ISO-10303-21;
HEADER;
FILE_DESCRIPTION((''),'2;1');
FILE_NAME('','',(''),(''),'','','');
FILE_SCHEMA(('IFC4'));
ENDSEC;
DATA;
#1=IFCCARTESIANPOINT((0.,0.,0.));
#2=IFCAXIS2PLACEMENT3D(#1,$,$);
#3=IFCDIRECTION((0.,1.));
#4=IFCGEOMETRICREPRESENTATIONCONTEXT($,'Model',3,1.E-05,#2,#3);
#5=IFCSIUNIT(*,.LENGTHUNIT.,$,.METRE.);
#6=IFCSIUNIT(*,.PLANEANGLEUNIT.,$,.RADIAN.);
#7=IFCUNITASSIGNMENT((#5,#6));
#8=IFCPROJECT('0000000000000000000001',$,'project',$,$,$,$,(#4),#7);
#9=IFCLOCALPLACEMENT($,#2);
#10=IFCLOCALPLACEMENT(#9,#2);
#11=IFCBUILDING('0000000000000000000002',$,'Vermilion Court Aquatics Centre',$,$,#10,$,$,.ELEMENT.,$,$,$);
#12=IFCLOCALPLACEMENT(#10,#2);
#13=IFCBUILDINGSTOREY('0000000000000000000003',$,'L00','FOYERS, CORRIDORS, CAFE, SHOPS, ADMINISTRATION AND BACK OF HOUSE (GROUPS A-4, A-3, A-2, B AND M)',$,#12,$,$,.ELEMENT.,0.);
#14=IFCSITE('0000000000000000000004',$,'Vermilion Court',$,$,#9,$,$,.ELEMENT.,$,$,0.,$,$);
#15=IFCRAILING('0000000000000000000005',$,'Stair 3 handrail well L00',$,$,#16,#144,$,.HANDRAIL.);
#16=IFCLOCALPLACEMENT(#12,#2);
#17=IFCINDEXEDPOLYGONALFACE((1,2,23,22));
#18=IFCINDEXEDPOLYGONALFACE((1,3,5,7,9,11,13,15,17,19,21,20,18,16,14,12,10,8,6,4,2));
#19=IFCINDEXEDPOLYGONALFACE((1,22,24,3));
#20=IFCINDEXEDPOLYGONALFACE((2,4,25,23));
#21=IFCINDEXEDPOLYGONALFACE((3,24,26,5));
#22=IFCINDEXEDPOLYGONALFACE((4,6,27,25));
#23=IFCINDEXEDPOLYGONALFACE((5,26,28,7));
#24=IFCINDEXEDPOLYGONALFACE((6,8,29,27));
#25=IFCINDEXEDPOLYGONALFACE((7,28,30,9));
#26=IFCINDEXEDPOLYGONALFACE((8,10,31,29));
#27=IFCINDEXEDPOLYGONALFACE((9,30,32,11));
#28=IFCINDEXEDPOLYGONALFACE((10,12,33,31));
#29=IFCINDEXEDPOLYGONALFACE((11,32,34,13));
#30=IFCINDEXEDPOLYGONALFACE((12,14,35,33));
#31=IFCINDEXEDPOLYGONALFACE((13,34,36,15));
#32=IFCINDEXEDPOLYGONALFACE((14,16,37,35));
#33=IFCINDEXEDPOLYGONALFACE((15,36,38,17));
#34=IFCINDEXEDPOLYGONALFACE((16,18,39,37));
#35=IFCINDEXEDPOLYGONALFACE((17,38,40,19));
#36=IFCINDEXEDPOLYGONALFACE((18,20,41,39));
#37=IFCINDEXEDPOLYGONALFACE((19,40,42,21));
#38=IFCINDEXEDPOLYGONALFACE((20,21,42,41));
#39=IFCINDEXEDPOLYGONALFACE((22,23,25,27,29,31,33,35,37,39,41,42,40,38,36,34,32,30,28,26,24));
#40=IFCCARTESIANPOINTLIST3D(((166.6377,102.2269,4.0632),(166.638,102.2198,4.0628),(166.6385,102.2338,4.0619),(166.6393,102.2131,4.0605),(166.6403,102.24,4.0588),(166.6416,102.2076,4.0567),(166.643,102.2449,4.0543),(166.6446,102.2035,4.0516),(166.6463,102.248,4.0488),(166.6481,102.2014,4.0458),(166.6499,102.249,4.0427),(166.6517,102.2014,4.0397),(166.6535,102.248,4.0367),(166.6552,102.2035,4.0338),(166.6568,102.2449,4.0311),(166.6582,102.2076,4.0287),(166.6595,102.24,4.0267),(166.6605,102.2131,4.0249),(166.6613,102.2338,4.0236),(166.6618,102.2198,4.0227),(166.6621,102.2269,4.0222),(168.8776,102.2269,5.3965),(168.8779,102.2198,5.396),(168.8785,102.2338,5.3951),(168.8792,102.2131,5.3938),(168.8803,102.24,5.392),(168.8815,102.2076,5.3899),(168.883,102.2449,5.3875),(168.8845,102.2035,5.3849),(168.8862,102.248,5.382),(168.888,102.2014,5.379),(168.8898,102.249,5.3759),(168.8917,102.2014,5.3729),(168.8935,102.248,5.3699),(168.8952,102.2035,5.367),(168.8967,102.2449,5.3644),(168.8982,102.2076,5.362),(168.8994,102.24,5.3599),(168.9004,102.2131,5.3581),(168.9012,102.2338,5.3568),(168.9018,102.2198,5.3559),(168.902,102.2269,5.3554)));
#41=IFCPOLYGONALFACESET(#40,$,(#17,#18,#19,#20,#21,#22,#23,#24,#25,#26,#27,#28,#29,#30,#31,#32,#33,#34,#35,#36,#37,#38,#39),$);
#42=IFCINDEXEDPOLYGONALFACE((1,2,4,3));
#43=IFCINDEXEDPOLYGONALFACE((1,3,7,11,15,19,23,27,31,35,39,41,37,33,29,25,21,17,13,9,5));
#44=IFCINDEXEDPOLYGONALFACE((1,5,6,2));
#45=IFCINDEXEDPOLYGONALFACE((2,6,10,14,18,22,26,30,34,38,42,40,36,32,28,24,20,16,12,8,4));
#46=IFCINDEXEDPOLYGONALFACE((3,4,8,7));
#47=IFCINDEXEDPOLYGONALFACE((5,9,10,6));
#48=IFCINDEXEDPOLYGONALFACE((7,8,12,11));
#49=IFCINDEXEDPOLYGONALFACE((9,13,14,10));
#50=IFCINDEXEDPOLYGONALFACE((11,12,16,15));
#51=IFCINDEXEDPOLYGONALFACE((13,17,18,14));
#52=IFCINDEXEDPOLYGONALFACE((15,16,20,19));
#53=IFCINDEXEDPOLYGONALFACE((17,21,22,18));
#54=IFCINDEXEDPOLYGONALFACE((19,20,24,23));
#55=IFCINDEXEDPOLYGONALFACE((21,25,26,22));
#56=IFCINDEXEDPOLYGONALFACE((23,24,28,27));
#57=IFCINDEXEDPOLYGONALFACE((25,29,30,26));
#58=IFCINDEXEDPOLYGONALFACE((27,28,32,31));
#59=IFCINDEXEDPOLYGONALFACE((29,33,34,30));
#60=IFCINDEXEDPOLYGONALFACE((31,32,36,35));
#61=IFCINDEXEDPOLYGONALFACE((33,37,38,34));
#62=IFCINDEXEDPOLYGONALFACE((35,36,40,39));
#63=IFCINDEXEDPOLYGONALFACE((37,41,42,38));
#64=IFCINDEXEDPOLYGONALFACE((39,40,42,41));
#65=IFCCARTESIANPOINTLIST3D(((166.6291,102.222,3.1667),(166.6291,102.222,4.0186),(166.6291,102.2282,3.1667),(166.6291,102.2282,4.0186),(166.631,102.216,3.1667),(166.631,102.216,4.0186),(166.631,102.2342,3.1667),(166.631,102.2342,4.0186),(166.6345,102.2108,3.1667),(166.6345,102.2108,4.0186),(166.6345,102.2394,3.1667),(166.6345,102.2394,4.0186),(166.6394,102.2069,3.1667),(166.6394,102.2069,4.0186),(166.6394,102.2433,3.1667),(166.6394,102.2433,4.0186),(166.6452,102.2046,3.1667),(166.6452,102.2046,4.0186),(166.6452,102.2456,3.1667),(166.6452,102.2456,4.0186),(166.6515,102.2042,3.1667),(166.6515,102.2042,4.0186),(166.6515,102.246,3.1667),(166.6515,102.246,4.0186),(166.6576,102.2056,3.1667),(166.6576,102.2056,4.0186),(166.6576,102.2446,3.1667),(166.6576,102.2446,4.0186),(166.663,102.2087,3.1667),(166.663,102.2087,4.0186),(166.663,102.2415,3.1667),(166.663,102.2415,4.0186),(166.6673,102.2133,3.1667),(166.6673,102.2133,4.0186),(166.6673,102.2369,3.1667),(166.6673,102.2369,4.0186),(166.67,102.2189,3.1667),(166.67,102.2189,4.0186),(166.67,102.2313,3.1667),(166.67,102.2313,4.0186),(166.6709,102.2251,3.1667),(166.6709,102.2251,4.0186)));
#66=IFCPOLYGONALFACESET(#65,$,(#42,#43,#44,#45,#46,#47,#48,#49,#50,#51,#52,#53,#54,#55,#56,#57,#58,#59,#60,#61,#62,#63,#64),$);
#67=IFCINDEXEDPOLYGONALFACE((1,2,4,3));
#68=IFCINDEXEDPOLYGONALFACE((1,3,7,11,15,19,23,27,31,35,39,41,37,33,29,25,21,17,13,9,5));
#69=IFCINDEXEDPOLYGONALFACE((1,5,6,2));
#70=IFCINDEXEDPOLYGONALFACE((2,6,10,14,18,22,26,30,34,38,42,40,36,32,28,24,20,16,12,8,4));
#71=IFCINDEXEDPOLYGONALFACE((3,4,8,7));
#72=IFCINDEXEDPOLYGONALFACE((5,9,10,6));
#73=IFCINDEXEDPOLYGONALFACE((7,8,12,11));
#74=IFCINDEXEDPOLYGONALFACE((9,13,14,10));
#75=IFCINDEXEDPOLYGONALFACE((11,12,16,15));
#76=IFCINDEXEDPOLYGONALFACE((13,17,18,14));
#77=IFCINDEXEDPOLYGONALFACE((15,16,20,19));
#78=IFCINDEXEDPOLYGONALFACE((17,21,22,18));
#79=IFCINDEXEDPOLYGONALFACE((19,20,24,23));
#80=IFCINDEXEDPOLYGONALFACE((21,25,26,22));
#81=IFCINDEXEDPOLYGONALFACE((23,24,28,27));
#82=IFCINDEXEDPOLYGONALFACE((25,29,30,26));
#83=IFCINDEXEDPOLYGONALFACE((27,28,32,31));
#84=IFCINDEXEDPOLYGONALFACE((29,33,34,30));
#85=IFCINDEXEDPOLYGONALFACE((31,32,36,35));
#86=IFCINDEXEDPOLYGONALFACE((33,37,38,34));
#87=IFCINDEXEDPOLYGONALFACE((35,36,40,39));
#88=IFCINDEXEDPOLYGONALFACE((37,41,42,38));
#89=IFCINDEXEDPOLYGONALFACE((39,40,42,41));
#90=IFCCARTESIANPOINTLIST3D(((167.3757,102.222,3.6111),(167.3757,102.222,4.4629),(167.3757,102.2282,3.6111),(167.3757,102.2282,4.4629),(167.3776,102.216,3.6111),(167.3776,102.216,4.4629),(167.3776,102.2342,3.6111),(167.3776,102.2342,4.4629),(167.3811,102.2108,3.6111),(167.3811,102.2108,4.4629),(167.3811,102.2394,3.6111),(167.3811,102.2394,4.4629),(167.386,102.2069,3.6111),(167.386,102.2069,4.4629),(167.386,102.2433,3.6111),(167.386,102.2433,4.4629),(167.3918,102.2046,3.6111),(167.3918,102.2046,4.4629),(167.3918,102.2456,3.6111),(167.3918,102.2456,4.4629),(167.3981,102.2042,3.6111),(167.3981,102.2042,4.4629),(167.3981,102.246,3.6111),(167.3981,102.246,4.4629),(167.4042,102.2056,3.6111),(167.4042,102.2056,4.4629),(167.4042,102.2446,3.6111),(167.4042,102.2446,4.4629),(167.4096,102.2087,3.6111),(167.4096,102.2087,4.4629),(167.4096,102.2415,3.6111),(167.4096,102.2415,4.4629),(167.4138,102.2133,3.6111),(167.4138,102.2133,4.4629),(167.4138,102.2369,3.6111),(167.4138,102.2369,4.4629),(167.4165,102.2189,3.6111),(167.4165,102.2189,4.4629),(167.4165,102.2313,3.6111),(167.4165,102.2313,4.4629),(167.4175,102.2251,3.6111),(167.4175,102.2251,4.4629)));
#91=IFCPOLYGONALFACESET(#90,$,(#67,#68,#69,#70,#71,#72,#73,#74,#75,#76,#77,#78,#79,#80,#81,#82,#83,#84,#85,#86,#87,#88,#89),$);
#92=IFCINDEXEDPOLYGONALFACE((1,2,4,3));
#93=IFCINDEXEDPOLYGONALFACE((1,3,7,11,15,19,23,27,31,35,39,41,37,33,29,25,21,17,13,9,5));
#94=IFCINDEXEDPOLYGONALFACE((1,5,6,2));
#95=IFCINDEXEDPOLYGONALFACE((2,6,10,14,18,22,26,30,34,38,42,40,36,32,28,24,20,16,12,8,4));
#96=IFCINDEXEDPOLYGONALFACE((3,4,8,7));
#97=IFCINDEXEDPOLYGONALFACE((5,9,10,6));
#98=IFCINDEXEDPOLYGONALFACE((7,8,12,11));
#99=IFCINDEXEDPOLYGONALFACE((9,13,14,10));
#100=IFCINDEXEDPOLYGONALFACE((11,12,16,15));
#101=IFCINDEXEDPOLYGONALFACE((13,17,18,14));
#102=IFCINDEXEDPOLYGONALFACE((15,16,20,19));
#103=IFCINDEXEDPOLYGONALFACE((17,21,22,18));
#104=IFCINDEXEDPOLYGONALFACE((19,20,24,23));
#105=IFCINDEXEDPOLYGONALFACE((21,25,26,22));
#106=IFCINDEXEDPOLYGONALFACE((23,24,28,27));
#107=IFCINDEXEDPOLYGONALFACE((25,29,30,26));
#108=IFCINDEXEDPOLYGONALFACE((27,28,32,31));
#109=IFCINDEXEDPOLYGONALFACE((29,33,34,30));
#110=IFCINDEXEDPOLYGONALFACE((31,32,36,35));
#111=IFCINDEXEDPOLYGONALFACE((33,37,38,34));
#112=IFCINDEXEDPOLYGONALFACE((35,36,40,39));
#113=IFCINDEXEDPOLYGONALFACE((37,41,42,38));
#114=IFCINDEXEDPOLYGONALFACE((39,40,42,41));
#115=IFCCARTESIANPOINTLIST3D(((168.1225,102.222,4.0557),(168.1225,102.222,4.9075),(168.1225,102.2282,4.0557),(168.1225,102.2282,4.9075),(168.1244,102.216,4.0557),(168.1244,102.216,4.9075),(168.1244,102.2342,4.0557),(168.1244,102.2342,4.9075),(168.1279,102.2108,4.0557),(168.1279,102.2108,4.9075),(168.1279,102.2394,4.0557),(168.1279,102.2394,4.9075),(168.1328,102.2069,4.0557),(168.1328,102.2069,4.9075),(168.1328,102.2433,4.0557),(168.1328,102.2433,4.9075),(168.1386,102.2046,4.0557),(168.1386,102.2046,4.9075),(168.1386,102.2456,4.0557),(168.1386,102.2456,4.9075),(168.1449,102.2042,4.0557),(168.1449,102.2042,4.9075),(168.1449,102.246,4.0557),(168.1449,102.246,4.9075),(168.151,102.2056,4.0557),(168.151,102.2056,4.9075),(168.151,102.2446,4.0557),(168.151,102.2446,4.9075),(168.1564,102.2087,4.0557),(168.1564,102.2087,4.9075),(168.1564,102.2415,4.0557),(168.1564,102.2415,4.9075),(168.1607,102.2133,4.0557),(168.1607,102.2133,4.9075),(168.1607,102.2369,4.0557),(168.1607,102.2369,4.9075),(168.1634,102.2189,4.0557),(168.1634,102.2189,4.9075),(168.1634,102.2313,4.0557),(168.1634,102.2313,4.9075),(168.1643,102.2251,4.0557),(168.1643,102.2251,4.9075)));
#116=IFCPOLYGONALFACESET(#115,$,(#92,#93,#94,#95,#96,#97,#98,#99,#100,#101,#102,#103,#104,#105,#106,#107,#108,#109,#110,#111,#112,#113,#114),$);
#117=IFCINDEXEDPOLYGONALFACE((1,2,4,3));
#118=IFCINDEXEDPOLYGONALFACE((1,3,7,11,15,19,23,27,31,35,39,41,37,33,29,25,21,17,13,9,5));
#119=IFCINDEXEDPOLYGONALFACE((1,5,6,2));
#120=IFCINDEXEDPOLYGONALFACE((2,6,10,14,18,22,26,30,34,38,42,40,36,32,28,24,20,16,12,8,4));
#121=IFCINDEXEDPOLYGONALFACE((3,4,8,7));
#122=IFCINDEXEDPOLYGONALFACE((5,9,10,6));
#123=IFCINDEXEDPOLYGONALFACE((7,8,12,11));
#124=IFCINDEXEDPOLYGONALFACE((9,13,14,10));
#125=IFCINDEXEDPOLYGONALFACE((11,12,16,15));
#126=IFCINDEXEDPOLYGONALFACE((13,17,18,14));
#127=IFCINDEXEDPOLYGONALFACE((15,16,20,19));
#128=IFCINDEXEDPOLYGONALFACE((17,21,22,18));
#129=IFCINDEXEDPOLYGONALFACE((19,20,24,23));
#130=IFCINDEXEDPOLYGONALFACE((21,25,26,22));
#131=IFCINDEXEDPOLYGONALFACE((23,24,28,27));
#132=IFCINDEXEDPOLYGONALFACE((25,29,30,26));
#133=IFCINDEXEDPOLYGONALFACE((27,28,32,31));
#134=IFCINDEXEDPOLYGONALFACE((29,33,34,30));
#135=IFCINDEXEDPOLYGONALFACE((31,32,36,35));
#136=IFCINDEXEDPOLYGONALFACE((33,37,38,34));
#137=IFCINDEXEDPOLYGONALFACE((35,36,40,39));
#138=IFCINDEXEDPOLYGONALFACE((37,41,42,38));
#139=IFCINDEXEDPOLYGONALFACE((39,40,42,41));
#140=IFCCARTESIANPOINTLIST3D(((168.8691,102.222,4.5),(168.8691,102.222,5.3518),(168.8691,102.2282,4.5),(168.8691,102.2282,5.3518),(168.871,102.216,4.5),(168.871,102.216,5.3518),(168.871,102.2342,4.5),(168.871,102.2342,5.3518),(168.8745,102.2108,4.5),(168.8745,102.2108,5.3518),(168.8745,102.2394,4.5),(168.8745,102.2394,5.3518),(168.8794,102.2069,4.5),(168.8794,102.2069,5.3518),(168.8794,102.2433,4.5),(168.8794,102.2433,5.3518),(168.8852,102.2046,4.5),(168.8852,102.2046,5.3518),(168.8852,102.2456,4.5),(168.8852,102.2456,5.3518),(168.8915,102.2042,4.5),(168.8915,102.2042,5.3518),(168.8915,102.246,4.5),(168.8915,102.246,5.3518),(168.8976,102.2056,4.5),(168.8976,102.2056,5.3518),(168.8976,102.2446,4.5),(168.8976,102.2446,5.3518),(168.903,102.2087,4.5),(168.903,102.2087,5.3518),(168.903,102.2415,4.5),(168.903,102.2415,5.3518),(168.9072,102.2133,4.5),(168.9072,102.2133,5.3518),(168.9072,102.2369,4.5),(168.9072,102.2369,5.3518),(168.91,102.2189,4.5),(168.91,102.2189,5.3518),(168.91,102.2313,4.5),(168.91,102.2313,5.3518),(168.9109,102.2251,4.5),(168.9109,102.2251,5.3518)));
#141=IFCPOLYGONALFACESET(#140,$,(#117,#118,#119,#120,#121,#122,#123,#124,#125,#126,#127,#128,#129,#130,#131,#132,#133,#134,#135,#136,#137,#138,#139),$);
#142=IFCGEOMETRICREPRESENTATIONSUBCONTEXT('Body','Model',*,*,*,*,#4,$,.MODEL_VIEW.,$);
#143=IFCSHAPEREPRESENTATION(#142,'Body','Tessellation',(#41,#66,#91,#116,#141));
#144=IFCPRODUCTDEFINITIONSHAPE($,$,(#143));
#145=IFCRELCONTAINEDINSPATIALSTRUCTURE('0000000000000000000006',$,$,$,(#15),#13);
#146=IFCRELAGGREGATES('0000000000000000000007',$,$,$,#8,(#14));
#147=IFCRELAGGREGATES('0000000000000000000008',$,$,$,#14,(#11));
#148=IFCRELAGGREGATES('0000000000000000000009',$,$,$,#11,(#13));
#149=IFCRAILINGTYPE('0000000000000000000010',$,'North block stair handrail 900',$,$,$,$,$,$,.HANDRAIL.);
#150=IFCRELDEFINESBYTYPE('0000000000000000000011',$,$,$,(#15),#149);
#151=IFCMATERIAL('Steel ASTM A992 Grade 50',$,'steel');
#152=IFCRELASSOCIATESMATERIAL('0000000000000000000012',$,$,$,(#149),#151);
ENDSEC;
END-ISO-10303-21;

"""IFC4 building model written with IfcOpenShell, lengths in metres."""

from ifc_helpers import new_model, si_unit, direction, frame, origin, origin_2d, place, context, subcontext, project, spatial, circle, extrude, material, type_object, element, save


model = new_model("IFC4")

# Units and contexts
model_context = context("Model", 3, precision=1e-05, world=origin(), true_north=direction((0.0, 1.0)))
body_context = subcontext(model_context, "Body", "Model", "MODEL_VIEW")
ifc_project = project(units=[si_unit("LENGTHUNIT", "METRE"), si_unit("PLANEANGLEUNIT", "RADIAN")], contexts=[model_context])

# Site, building, storey
site_placement = place(None, origin())
site = spatial("IfcSite", under=ifc_project, at=site_placement, Name="Vermilion Court", CompositionType="ELEMENT", RefElevation=0.0)
building_placement = place(site_placement, origin())
building = spatial("IfcBuilding", under=site, at=building_placement, Name="Vermilion Court Aquatics Centre", CompositionType="ELEMENT")
storey_placement = place(building_placement, origin())
storey = spatial("IfcBuildingStorey", under=building, at=storey_placement, Name="L00", Description="FOYERS, CORRIDORS, CAFE, SHOPS, ADMINISTRATION AND BACK OF HOUSE (GROUPS A-4, A-3, A-2, B AND M)", CompositionType="ELEMENT", Elevation=0.0)

# Railing
ifc_material_1 = material(Name="Steel ASTM A992 Grade 50", Category="steel")
railing_type_1 = type_object("IfcRailingType", Name="North block stair handrail 900", PredefinedType="HANDRAIL", material=ifc_material_1)
for number, where, name in (
    (1, (166.6499, 102.2251, 3.1667), "Stair 3 handrail well L00"),
):
    element("IfcRailing", number, at=place(storey_placement, frame(where)), inside=storey, type_object=railing_type_1, Name=name, PredefinedType="HANDRAIL", context=body_context, shape_type="SweptSolid", body=[
        extrude(circle(Radius=0.0239, at=origin_2d()), frame((0.0, 0.0, 0.876), z_axis=(0.859306, 0.0, 0.511462), x_axis=(0.0, 1.0, 0.0)), (0.0, 0.0, 1.0), 2.6067),
        extrude(circle(Radius=0.021, at=origin_2d()), origin(), (0.0, 0.0, 1.0), 0.8518),
        extrude(circle(Radius=0.021, at=origin_2d()), frame((0.7466, 0.0, 0.4443)), (0.0, 0.0, 1.0), 0.8518),
        extrude(circle(Radius=0.021, at=origin_2d()), frame((1.4934, 0.0, 0.8889)), (0.0, 0.0, 1.0), 0.8518),
        extrude(circle(Radius=0.021, at=origin_2d()), frame((2.24, 0.0, 1.3333)), (0.0, 0.0, 1.0), 0.8518),
    ])

save(model, "model.ifc")
